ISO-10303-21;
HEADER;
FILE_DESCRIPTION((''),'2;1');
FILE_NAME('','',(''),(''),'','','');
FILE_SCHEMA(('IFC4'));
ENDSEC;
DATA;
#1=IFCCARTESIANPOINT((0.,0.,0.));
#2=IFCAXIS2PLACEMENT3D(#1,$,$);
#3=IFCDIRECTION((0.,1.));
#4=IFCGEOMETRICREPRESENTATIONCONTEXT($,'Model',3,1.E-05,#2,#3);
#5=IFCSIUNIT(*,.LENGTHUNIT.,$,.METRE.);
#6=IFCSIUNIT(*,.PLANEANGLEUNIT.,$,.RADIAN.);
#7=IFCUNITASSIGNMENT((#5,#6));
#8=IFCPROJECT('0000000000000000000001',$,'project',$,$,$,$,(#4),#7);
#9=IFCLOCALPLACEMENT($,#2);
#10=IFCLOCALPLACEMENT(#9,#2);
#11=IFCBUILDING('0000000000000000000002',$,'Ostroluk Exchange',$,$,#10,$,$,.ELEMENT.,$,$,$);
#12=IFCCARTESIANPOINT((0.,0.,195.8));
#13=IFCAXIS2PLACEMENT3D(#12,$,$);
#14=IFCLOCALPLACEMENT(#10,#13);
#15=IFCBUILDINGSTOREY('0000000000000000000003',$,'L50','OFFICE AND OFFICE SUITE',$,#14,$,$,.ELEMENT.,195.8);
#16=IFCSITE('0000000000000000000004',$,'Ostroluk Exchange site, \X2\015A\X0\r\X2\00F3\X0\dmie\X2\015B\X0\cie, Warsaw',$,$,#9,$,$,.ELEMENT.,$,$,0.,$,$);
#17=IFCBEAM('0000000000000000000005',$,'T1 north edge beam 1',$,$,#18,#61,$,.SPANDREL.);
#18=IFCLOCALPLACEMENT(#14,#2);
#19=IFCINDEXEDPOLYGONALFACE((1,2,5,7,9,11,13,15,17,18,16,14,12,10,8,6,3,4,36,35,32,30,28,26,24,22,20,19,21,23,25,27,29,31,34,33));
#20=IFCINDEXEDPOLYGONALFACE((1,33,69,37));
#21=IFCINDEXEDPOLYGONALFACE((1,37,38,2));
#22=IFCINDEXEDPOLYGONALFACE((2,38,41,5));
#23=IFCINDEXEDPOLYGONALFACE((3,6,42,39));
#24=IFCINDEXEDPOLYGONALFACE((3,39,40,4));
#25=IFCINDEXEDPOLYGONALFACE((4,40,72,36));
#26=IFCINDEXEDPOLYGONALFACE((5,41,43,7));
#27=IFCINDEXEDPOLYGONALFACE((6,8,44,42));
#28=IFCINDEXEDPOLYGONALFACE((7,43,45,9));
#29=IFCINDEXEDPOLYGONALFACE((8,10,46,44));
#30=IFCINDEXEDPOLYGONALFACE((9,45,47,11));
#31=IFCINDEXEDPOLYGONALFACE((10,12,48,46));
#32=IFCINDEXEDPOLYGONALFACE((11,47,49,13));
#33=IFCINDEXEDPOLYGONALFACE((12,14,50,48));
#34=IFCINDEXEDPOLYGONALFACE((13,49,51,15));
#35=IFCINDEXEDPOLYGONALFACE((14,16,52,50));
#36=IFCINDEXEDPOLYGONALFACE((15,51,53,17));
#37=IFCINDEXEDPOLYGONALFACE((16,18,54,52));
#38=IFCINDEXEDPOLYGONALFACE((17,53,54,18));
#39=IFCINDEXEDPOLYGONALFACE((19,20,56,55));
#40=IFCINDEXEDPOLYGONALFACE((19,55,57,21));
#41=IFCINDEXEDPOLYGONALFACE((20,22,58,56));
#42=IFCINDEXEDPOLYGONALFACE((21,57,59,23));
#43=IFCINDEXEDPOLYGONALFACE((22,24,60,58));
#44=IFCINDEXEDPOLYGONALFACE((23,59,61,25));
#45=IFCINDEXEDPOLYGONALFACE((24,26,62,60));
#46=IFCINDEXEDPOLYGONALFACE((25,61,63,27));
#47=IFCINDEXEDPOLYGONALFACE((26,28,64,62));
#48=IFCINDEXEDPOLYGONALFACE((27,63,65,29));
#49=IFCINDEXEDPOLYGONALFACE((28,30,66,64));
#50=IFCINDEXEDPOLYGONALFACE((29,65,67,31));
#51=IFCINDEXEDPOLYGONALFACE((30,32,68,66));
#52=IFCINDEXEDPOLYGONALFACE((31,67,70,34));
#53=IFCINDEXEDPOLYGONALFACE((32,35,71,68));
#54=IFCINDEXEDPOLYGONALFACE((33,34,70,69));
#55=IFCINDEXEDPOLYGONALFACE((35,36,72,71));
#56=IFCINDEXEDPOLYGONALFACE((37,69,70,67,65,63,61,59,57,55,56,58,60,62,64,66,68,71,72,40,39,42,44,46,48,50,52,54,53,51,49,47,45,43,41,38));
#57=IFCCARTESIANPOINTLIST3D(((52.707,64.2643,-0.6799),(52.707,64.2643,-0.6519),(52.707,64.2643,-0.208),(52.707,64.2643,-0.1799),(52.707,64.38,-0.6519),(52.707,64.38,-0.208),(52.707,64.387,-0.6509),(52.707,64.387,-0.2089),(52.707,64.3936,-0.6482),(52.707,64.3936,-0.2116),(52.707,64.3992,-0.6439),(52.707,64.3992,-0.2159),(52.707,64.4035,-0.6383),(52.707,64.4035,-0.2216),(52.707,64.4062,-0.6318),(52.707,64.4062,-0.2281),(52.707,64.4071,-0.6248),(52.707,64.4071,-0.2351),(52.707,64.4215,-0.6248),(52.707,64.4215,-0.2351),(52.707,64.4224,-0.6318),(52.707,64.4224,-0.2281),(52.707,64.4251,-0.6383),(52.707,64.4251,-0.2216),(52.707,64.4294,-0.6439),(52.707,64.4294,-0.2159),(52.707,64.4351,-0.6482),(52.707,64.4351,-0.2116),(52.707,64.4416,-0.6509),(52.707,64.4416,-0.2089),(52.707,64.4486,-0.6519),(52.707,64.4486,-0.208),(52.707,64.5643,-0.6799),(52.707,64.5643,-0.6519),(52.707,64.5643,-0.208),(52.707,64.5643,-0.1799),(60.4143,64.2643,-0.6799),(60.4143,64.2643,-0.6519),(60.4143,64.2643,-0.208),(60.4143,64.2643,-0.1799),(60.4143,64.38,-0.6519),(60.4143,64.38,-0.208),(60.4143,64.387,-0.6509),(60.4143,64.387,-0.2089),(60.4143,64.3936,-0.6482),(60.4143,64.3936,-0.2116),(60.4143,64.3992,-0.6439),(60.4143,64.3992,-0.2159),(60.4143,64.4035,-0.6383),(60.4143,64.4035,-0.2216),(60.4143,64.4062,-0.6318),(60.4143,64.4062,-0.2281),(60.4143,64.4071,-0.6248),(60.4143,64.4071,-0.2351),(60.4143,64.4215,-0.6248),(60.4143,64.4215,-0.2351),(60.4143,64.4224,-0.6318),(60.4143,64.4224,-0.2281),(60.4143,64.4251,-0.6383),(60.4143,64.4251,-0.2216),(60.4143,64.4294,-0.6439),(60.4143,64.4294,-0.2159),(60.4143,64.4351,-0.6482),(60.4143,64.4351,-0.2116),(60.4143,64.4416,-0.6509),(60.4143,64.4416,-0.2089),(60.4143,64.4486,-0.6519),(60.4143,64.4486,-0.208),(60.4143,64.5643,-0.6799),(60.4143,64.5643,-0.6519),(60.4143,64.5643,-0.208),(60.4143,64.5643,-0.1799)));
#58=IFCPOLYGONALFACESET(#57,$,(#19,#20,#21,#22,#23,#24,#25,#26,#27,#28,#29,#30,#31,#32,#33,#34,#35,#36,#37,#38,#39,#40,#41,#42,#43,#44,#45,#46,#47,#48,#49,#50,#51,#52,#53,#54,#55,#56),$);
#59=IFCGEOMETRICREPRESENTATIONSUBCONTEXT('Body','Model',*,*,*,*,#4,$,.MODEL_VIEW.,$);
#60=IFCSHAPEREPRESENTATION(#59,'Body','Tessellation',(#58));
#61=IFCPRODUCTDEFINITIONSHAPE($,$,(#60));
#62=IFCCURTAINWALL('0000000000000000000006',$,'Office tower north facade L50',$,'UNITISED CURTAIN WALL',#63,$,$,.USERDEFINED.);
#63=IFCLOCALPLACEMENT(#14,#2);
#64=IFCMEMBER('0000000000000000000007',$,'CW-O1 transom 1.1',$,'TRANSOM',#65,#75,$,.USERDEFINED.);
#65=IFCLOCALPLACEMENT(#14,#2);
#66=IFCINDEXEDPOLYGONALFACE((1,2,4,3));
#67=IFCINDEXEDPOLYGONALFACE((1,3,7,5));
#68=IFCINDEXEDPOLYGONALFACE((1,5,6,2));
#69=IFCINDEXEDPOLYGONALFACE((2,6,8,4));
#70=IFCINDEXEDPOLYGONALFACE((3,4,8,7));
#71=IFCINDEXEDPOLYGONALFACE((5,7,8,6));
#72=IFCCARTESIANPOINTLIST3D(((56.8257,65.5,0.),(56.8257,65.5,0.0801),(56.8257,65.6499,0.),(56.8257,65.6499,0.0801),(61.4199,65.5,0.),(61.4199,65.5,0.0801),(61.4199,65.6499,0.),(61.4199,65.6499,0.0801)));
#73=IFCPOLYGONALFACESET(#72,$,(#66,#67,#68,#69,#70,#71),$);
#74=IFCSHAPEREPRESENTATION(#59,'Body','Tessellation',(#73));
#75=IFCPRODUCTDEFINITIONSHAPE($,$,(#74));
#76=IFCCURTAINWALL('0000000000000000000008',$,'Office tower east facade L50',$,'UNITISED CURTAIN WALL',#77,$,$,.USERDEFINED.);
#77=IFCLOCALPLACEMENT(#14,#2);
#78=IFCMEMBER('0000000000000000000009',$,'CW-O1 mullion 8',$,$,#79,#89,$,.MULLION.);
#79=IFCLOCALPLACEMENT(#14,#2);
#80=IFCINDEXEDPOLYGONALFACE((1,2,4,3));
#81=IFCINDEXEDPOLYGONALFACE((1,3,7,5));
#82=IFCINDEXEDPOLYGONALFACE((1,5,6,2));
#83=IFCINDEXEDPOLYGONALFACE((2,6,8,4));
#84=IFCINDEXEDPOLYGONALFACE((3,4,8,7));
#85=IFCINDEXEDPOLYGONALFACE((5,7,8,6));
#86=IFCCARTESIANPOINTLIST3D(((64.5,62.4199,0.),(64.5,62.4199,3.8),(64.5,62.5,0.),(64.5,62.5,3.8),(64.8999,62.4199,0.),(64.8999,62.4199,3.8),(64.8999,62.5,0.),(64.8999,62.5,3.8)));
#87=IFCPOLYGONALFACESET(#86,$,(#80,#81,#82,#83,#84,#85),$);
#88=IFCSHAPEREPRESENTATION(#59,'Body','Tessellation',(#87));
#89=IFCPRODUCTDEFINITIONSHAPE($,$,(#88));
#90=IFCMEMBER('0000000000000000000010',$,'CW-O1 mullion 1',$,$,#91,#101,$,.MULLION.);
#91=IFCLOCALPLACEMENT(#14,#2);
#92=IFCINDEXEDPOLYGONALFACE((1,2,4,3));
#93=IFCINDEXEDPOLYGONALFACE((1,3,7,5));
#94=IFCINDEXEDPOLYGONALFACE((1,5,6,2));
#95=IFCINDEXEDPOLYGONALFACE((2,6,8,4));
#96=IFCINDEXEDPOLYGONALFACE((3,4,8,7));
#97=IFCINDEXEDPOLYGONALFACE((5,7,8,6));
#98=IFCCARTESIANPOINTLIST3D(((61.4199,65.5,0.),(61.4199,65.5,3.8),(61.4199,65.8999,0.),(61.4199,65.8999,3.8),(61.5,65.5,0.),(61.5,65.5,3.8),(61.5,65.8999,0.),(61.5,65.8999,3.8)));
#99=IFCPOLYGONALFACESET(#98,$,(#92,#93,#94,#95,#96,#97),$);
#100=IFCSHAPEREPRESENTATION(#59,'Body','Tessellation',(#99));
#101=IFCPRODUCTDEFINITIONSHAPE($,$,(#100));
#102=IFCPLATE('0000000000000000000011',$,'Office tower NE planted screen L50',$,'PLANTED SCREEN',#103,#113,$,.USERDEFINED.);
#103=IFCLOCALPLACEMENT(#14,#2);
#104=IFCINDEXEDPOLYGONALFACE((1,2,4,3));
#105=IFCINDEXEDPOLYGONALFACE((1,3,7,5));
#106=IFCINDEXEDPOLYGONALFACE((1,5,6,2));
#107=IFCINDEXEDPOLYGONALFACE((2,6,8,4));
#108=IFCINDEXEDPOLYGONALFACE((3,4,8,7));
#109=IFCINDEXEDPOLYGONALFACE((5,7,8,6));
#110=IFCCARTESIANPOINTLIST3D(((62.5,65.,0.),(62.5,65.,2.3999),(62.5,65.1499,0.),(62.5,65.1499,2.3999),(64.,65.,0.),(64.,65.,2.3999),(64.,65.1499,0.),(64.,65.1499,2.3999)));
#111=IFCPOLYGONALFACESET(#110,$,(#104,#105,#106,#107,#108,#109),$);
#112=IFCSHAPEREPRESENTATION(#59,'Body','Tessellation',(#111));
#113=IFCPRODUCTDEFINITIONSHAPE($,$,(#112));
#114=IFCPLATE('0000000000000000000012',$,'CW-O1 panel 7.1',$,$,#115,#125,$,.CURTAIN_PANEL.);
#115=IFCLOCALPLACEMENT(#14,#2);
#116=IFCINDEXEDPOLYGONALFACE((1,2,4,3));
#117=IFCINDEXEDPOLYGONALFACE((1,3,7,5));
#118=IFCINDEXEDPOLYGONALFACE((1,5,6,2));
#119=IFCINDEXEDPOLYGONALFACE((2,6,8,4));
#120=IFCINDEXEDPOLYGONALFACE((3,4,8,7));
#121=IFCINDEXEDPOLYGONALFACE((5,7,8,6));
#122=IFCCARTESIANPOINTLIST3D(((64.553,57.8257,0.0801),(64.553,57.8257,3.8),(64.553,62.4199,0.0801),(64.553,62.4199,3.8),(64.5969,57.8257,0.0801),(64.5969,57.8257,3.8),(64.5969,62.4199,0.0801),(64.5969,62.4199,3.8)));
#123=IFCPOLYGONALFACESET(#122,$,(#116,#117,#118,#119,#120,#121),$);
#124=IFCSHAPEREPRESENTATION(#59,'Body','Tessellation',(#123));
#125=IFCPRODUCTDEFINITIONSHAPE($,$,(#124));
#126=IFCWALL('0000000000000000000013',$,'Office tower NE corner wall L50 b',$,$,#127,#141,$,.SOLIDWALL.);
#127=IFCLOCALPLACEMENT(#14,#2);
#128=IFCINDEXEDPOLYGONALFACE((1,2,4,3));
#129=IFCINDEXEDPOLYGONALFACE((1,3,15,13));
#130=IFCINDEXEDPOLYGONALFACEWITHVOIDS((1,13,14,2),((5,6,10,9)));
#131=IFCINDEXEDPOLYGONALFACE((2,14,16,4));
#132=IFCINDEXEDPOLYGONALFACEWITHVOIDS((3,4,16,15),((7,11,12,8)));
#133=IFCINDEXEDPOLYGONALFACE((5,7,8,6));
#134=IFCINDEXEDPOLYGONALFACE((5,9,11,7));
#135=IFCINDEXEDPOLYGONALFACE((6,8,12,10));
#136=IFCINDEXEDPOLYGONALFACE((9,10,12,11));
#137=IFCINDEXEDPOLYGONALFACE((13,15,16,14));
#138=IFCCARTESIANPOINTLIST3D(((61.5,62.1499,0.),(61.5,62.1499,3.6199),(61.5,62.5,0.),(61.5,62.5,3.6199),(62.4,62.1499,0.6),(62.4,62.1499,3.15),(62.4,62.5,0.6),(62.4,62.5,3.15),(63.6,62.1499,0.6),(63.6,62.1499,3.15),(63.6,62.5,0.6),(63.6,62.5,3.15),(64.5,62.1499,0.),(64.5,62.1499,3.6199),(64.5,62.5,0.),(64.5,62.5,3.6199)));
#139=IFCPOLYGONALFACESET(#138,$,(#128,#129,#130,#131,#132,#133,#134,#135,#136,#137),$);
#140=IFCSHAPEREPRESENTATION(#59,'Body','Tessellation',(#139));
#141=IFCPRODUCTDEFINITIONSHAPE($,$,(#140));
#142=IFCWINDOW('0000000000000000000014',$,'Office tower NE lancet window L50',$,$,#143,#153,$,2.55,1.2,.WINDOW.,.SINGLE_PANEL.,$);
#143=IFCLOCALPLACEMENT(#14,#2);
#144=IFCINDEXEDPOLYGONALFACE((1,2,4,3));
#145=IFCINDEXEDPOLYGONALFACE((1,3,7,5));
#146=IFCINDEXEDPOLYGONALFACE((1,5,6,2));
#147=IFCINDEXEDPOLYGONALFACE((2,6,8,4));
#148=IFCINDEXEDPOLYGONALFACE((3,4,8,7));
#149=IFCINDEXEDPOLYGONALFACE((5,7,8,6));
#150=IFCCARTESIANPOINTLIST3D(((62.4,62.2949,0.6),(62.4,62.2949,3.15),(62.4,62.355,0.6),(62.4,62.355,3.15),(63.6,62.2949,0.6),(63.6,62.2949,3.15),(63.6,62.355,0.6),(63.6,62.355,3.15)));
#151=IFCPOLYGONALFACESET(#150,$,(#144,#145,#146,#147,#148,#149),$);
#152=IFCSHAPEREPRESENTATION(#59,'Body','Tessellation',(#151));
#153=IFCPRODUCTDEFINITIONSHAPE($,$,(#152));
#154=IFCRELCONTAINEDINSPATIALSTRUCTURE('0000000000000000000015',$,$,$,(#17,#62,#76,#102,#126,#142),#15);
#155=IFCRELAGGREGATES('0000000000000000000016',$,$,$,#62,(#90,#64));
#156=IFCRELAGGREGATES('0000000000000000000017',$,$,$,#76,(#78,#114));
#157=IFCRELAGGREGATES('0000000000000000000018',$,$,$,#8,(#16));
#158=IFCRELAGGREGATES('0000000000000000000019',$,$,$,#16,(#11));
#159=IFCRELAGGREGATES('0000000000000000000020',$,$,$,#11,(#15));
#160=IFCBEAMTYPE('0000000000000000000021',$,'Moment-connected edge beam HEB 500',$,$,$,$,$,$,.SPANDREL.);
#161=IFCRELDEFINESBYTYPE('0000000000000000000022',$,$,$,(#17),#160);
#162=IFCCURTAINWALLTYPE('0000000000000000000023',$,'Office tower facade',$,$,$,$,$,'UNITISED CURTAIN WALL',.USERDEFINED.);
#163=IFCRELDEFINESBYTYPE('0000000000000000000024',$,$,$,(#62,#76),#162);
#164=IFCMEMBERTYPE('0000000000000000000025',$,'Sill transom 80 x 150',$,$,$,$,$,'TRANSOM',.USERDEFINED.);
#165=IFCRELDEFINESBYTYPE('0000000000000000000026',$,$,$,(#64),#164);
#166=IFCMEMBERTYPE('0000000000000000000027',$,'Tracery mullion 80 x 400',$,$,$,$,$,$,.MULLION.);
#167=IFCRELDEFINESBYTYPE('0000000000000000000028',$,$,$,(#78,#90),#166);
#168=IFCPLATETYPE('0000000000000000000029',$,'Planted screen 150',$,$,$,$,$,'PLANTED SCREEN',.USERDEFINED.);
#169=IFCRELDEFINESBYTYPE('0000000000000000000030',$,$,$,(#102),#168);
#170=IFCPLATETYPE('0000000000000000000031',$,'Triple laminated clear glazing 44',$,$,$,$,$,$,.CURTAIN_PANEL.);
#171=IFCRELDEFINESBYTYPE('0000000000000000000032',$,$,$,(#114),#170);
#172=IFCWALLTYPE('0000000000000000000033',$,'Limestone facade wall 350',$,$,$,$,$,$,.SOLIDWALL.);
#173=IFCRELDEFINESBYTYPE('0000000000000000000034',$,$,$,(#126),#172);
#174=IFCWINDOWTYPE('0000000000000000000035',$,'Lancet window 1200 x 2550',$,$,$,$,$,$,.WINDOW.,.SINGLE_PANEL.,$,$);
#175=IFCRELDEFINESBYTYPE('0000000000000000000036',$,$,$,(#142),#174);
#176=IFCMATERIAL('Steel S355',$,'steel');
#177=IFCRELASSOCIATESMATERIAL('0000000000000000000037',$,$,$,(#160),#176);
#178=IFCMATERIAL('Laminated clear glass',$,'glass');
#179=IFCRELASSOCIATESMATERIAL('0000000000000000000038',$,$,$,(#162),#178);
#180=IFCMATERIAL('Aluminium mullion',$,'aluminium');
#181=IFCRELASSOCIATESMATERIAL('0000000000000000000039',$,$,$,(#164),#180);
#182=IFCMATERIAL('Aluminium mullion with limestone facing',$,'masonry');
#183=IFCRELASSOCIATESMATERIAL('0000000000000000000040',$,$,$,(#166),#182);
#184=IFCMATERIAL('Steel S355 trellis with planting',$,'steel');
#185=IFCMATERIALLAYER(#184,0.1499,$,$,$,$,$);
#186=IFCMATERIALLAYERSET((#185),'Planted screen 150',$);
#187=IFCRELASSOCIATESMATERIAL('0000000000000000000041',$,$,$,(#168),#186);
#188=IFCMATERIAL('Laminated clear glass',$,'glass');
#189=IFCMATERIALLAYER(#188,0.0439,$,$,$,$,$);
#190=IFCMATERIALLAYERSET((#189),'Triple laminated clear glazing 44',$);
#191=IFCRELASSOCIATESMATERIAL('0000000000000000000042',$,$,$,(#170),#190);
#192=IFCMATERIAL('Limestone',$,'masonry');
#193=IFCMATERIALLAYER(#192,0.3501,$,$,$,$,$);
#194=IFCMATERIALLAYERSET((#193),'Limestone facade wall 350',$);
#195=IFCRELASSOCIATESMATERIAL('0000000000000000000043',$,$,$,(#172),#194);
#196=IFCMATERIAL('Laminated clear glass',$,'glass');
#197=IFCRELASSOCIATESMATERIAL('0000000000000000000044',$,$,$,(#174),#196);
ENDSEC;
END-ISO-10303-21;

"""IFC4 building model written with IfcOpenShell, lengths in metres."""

from ifc_helpers import new_model, si_unit, direction, frame, frame_2d, origin, origin_2d, place, context, subcontext, project, spatial, rectangle, i_section, extrude, material, layer, layer_set, material_profile, profile_set, type_object, element, fill, aggregate, save


model = new_model("IFC4")

# Units and contexts
model_context = context("Model", 3, precision=1e-05, world=origin(), true_north=direction((0.0, 1.0)))
body_context = subcontext(model_context, "Body", "Model", "MODEL_VIEW")
ifc_project = project(units=[si_unit("LENGTHUNIT", "METRE"), si_unit("PLANEANGLEUNIT", "RADIAN")], contexts=[model_context])

# Site, building, storey
site_placement = place(None, origin())
site = spatial("IfcSite", under=ifc_project, at=site_placement, Name="Ostroluk Exchange site, Śródmieście, Warsaw", CompositionType="ELEMENT", RefElevation=0.0)
building_placement = place(site_placement, origin())
building = spatial("IfcBuilding", under=site, at=building_placement, Name="Ostroluk Exchange", CompositionType="ELEMENT")
storey_placement = place(building_placement, frame((0.0, 0.0, 195.8)))
storey = spatial("IfcBuildingStorey", under=building, at=storey_placement, Name="L50", Description="OFFICE AND OFFICE SUITE", CompositionType="ELEMENT", Elevation=195.8)

# Beam
ifc_material_1 = material(Name="Steel S355", Category="steel")
ifc_material_profile_1 = material_profile(ifc_material_1, i_section(OverallWidth=0.3, OverallDepth=0.5, WebThickness=0.0144, FlangeThickness=0.0281, FilletRadius=0.0271, at=origin_2d()), Name="HEB 500")
ifc_profile_set_1 = profile_set([ifc_material_profile_1], Name="Steel S355")
beam_type_1 = type_object("IfcBeamType", Name="Moment-connected edge beam HEB 500", PredefinedType="SPANDREL", material=ifc_profile_set_1)
beam_1_placement = place(storey_placement, frame((60.4143, 64.4143, -0.4299), z_axis=(-1.0, 0.0, 0.0), x_axis=(0.0, -1.0, 0.0)))
element("IfcBeam", 1, at=beam_1_placement, inside=storey, type_object=beam_type_1, Name="T1 north edge beam 1", PredefinedType="SPANDREL", context=body_context, shape_type="SweptSolid", body=[
    extrude(i_section(OverallWidth=0.3, OverallDepth=0.5, WebThickness=0.0144, FlangeThickness=0.0281, FilletRadius=0.0271, at=origin_2d()), origin(), (0.0, 0.0, 1.0), 7.7073),
])

# Curtain walls, members
ifc_material_2 = material(Name="Laminated clear glass", Category="glass")
curtain_wall_type = type_object("IfcCurtainWallType", Name="Office tower facade", ElementType="UNITISED CURTAIN WALL", PredefinedType="USERDEFINED", material=ifc_material_2)
curtain_wall_1_placement = place(storey_placement, origin())
curtain_wall_1 = element("IfcCurtainWall", 2, at=curtain_wall_1_placement, inside=storey, type_object=curtain_wall_type, Name="Office tower north facade L50", ObjectType="UNITISED CURTAIN WALL", PredefinedType="USERDEFINED")
ifc_material_3 = material(Name="Aluminium mullion", Category="aluminium")
ifc_material_profile_2 = material_profile(ifc_material_3, rectangle(XDim=0.1499, YDim=0.0801, at=origin_2d()), Name="Sill transom 80 x 150")
ifc_profile_set_2 = profile_set([ifc_material_profile_2], Name="Aluminium mullion")
member_type_1 = type_object("IfcMemberType", Name="Sill transom 80 x 150", ElementType="TRANSOM", PredefinedType="USERDEFINED", material=ifc_profile_set_2)
member_1_placement = place(storey_placement, frame((61.4199, 65.575, 0.04), z_axis=(-1.0, 0.0, 0.0), x_axis=(0.0, -1.0, 0.0)))
member_1 = element("IfcMember", 3, at=member_1_placement, type_object=member_type_1, Name="CW-O1 transom 1.1", ObjectType="TRANSOM", PredefinedType="USERDEFINED", context=body_context, shape_type="SweptSolid", body=[
    extrude(rectangle(XDim=0.1499, YDim=0.0801, at=origin_2d()), origin(), (0.0, 0.0, 1.0), 4.5942),
])
curtain_wall_2_placement = place(storey_placement, origin())
curtain_wall_2 = element("IfcCurtainWall", 4, at=curtain_wall_2_placement, inside=storey, type_object=curtain_wall_type, Name="Office tower east facade L50", ObjectType="UNITISED CURTAIN WALL", PredefinedType="USERDEFINED")
ifc_material_4 = material(Name="Aluminium mullion with limestone facing", Category="masonry")
ifc_material_profile_3 = material_profile(ifc_material_4, rectangle(XDim=0.3999, YDim=0.0801, at=origin_2d()), Name="Tracery mullion 80 x 400")
ifc_profile_set_3 = profile_set([ifc_material_profile_3], Name="Aluminium mullion with limestone facing")
member_type_2 = type_object("IfcMemberType", Name="Tracery mullion 80 x 400", PredefinedType="MULLION", material=ifc_profile_set_3)
member_2_placement = place(storey_placement, frame((64.7, 62.46, 0.0), z_axis=(0.0, 0.0, 1.0), x_axis=(-1.0, 0.0, 0.0)))
member_2 = element("IfcMember", 5, at=member_2_placement, type_object=member_type_2, Name="CW-O1 mullion 8", PredefinedType="MULLION", context=body_context, shape_type="SweptSolid", body=[
    extrude(rectangle(XDim=0.3999, YDim=0.0801, at=origin_2d()), origin(), (0.0, 0.0, 1.0), 3.8),
])

# Member
member_3_placement = place(storey_placement, frame((61.46, 65.7, 0.0), z_axis=(0.0, 0.0, 1.0), x_axis=(0.0, -1.0, 0.0)))
member_3 = element("IfcMember", 6, at=member_3_placement, type_object=member_type_2, Name="CW-O1 mullion 1", PredefinedType="MULLION", context=body_context, shape_type="SweptSolid", body=[
    extrude(rectangle(XDim=0.3999, YDim=0.0801, at=origin_2d()), origin(), (0.0, 0.0, 1.0), 3.8),
])
aggregate(curtain_wall_1, [member_3, member_1])

# Plates
ifc_material_5 = material(Name="Steel S355 trellis with planting", Category="steel")
ifc_layer_1 = layer(ifc_material_5, 0.1499)
ifc_layer_set_1 = layer_set([ifc_layer_1], Name="Planted screen 150")
plate_type_1 = type_object("IfcPlateType", Name="Planted screen 150", ElementType="PLANTED SCREEN", PredefinedType="USERDEFINED", material=ifc_layer_set_1)
plate_1_placement = place(storey_placement, frame((63.25, 65.075, 0.0), z_axis=(0.0, 0.0, 1.0), x_axis=(1.0, 0.0, 0.0)))
element("IfcPlate", 7, at=plate_1_placement, inside=storey, type_object=plate_type_1, Name="Office tower NE planted screen L50", ObjectType="PLANTED SCREEN", PredefinedType="USERDEFINED", context=body_context, shape_type="SweptSolid", body=[
    extrude(rectangle(XDim=1.5, YDim=0.1499, at=origin_2d()), origin(), (0.0, 0.0, 1.0), 2.3999),
])
ifc_material_6 = material(Name="Laminated clear glass", Category="glass")
ifc_layer_2 = layer(ifc_material_6, 0.0439)
ifc_layer_set_2 = layer_set([ifc_layer_2], Name="Triple laminated clear glazing 44")
plate_type_2 = type_object("IfcPlateType", Name="Triple laminated clear glazing 44", PredefinedType="CURTAIN_PANEL", material=ifc_layer_set_2)
plate_2_placement = place(storey_placement, frame((64.575, 60.1228, 0.0801), z_axis=(0.0, 0.0, 1.0), x_axis=(0.0, 1.0, 0.0)))
plate_2 = element("IfcPlate", 8, at=plate_2_placement, type_object=plate_type_2, Name="CW-O1 panel 7.1", PredefinedType="CURTAIN_PANEL", context=body_context, shape_type="SweptSolid", body=[
    extrude(rectangle(XDim=4.5942, YDim=0.0439, at=origin_2d()), origin(), (0.0, 0.0, 1.0), 3.72),
])
aggregate(curtain_wall_2, [member_2, plate_2])

# Shared definitions
ifc_material_7 = material(Name="Limestone", Category="masonry")
ifc_layer_3 = layer(ifc_material_7, 0.3501)
ifc_layer_set_3 = layer_set([ifc_layer_3], Name="Limestone facade wall 350")
wall_type = type_object("IfcWallType", Name="Limestone facade wall 350", PredefinedType="SOLIDWALL", material=ifc_layer_set_3)

# Wall, opening, window
wall_1_placement = place(storey_placement, frame((61.5, 62.325, 0.0), z_axis=(0.0, 0.0, 1.0), x_axis=(1.0, 0.0, 0.0)))
wall_1 = element("IfcWall", 9, at=wall_1_placement, inside=storey, type_object=wall_type, Name="Office tower NE corner wall L50 b", PredefinedType="SOLIDWALL", context=body_context, shape_type="SweptSolid", body=[
    extrude(rectangle(XDim=3.0, YDim=0.3501, at=frame_2d((1.5, 0.0))), origin(), (0.0, 0.0, 1.0), 3.6199),
])
opening_1_placement = place(wall_1_placement, frame((0.8999, 0.0, 0.6001)))
opening_1 = element("IfcOpeningElement", 10, at=opening_1_placement, cuts=wall_1, PredefinedType="OPENING", context=body_context, shape_type="SweptSolid", body=[
    extrude(rectangle(XDim=1.2, YDim=2.55, at=frame_2d((0.6001, 1.2749))), frame((0.0, 0.1851, 0.0), z_axis=(0.0, -1.0, 0.0), x_axis=(1.0, 0.0, 0.0)), (0.0, 0.0, 1.0), 0.3701),
])
ifc_material_8 = material(Name="Laminated clear glass", Category="glass")
window_type = type_object("IfcWindowType", Name="Lancet window 1200 x 2550", PartitioningType="SINGLE_PANEL", PredefinedType="WINDOW", material=ifc_material_8)
window_placement = place(opening_1_placement, origin())
window = element("IfcWindow", 11, at=window_placement, inside=storey, type_object=window_type, Name="Office tower NE lancet window L50", OverallHeight=2.55, OverallWidth=1.2, PartitioningType="SINGLE_PANEL", PredefinedType="WINDOW", context=body_context, shape_type="SweptSolid", body=[
    extrude(rectangle(XDim=1.2, YDim=2.55, at=frame_2d((0.6001, 1.2749))), frame((0.0, 0.03, 0.0), z_axis=(0.0, -1.0, 0.0), x_axis=(1.0, 0.0, 0.0)), (0.0, 0.0, 1.0), 0.0601),
])
fill(opening_1, window)

save(model, "model.ifc")
